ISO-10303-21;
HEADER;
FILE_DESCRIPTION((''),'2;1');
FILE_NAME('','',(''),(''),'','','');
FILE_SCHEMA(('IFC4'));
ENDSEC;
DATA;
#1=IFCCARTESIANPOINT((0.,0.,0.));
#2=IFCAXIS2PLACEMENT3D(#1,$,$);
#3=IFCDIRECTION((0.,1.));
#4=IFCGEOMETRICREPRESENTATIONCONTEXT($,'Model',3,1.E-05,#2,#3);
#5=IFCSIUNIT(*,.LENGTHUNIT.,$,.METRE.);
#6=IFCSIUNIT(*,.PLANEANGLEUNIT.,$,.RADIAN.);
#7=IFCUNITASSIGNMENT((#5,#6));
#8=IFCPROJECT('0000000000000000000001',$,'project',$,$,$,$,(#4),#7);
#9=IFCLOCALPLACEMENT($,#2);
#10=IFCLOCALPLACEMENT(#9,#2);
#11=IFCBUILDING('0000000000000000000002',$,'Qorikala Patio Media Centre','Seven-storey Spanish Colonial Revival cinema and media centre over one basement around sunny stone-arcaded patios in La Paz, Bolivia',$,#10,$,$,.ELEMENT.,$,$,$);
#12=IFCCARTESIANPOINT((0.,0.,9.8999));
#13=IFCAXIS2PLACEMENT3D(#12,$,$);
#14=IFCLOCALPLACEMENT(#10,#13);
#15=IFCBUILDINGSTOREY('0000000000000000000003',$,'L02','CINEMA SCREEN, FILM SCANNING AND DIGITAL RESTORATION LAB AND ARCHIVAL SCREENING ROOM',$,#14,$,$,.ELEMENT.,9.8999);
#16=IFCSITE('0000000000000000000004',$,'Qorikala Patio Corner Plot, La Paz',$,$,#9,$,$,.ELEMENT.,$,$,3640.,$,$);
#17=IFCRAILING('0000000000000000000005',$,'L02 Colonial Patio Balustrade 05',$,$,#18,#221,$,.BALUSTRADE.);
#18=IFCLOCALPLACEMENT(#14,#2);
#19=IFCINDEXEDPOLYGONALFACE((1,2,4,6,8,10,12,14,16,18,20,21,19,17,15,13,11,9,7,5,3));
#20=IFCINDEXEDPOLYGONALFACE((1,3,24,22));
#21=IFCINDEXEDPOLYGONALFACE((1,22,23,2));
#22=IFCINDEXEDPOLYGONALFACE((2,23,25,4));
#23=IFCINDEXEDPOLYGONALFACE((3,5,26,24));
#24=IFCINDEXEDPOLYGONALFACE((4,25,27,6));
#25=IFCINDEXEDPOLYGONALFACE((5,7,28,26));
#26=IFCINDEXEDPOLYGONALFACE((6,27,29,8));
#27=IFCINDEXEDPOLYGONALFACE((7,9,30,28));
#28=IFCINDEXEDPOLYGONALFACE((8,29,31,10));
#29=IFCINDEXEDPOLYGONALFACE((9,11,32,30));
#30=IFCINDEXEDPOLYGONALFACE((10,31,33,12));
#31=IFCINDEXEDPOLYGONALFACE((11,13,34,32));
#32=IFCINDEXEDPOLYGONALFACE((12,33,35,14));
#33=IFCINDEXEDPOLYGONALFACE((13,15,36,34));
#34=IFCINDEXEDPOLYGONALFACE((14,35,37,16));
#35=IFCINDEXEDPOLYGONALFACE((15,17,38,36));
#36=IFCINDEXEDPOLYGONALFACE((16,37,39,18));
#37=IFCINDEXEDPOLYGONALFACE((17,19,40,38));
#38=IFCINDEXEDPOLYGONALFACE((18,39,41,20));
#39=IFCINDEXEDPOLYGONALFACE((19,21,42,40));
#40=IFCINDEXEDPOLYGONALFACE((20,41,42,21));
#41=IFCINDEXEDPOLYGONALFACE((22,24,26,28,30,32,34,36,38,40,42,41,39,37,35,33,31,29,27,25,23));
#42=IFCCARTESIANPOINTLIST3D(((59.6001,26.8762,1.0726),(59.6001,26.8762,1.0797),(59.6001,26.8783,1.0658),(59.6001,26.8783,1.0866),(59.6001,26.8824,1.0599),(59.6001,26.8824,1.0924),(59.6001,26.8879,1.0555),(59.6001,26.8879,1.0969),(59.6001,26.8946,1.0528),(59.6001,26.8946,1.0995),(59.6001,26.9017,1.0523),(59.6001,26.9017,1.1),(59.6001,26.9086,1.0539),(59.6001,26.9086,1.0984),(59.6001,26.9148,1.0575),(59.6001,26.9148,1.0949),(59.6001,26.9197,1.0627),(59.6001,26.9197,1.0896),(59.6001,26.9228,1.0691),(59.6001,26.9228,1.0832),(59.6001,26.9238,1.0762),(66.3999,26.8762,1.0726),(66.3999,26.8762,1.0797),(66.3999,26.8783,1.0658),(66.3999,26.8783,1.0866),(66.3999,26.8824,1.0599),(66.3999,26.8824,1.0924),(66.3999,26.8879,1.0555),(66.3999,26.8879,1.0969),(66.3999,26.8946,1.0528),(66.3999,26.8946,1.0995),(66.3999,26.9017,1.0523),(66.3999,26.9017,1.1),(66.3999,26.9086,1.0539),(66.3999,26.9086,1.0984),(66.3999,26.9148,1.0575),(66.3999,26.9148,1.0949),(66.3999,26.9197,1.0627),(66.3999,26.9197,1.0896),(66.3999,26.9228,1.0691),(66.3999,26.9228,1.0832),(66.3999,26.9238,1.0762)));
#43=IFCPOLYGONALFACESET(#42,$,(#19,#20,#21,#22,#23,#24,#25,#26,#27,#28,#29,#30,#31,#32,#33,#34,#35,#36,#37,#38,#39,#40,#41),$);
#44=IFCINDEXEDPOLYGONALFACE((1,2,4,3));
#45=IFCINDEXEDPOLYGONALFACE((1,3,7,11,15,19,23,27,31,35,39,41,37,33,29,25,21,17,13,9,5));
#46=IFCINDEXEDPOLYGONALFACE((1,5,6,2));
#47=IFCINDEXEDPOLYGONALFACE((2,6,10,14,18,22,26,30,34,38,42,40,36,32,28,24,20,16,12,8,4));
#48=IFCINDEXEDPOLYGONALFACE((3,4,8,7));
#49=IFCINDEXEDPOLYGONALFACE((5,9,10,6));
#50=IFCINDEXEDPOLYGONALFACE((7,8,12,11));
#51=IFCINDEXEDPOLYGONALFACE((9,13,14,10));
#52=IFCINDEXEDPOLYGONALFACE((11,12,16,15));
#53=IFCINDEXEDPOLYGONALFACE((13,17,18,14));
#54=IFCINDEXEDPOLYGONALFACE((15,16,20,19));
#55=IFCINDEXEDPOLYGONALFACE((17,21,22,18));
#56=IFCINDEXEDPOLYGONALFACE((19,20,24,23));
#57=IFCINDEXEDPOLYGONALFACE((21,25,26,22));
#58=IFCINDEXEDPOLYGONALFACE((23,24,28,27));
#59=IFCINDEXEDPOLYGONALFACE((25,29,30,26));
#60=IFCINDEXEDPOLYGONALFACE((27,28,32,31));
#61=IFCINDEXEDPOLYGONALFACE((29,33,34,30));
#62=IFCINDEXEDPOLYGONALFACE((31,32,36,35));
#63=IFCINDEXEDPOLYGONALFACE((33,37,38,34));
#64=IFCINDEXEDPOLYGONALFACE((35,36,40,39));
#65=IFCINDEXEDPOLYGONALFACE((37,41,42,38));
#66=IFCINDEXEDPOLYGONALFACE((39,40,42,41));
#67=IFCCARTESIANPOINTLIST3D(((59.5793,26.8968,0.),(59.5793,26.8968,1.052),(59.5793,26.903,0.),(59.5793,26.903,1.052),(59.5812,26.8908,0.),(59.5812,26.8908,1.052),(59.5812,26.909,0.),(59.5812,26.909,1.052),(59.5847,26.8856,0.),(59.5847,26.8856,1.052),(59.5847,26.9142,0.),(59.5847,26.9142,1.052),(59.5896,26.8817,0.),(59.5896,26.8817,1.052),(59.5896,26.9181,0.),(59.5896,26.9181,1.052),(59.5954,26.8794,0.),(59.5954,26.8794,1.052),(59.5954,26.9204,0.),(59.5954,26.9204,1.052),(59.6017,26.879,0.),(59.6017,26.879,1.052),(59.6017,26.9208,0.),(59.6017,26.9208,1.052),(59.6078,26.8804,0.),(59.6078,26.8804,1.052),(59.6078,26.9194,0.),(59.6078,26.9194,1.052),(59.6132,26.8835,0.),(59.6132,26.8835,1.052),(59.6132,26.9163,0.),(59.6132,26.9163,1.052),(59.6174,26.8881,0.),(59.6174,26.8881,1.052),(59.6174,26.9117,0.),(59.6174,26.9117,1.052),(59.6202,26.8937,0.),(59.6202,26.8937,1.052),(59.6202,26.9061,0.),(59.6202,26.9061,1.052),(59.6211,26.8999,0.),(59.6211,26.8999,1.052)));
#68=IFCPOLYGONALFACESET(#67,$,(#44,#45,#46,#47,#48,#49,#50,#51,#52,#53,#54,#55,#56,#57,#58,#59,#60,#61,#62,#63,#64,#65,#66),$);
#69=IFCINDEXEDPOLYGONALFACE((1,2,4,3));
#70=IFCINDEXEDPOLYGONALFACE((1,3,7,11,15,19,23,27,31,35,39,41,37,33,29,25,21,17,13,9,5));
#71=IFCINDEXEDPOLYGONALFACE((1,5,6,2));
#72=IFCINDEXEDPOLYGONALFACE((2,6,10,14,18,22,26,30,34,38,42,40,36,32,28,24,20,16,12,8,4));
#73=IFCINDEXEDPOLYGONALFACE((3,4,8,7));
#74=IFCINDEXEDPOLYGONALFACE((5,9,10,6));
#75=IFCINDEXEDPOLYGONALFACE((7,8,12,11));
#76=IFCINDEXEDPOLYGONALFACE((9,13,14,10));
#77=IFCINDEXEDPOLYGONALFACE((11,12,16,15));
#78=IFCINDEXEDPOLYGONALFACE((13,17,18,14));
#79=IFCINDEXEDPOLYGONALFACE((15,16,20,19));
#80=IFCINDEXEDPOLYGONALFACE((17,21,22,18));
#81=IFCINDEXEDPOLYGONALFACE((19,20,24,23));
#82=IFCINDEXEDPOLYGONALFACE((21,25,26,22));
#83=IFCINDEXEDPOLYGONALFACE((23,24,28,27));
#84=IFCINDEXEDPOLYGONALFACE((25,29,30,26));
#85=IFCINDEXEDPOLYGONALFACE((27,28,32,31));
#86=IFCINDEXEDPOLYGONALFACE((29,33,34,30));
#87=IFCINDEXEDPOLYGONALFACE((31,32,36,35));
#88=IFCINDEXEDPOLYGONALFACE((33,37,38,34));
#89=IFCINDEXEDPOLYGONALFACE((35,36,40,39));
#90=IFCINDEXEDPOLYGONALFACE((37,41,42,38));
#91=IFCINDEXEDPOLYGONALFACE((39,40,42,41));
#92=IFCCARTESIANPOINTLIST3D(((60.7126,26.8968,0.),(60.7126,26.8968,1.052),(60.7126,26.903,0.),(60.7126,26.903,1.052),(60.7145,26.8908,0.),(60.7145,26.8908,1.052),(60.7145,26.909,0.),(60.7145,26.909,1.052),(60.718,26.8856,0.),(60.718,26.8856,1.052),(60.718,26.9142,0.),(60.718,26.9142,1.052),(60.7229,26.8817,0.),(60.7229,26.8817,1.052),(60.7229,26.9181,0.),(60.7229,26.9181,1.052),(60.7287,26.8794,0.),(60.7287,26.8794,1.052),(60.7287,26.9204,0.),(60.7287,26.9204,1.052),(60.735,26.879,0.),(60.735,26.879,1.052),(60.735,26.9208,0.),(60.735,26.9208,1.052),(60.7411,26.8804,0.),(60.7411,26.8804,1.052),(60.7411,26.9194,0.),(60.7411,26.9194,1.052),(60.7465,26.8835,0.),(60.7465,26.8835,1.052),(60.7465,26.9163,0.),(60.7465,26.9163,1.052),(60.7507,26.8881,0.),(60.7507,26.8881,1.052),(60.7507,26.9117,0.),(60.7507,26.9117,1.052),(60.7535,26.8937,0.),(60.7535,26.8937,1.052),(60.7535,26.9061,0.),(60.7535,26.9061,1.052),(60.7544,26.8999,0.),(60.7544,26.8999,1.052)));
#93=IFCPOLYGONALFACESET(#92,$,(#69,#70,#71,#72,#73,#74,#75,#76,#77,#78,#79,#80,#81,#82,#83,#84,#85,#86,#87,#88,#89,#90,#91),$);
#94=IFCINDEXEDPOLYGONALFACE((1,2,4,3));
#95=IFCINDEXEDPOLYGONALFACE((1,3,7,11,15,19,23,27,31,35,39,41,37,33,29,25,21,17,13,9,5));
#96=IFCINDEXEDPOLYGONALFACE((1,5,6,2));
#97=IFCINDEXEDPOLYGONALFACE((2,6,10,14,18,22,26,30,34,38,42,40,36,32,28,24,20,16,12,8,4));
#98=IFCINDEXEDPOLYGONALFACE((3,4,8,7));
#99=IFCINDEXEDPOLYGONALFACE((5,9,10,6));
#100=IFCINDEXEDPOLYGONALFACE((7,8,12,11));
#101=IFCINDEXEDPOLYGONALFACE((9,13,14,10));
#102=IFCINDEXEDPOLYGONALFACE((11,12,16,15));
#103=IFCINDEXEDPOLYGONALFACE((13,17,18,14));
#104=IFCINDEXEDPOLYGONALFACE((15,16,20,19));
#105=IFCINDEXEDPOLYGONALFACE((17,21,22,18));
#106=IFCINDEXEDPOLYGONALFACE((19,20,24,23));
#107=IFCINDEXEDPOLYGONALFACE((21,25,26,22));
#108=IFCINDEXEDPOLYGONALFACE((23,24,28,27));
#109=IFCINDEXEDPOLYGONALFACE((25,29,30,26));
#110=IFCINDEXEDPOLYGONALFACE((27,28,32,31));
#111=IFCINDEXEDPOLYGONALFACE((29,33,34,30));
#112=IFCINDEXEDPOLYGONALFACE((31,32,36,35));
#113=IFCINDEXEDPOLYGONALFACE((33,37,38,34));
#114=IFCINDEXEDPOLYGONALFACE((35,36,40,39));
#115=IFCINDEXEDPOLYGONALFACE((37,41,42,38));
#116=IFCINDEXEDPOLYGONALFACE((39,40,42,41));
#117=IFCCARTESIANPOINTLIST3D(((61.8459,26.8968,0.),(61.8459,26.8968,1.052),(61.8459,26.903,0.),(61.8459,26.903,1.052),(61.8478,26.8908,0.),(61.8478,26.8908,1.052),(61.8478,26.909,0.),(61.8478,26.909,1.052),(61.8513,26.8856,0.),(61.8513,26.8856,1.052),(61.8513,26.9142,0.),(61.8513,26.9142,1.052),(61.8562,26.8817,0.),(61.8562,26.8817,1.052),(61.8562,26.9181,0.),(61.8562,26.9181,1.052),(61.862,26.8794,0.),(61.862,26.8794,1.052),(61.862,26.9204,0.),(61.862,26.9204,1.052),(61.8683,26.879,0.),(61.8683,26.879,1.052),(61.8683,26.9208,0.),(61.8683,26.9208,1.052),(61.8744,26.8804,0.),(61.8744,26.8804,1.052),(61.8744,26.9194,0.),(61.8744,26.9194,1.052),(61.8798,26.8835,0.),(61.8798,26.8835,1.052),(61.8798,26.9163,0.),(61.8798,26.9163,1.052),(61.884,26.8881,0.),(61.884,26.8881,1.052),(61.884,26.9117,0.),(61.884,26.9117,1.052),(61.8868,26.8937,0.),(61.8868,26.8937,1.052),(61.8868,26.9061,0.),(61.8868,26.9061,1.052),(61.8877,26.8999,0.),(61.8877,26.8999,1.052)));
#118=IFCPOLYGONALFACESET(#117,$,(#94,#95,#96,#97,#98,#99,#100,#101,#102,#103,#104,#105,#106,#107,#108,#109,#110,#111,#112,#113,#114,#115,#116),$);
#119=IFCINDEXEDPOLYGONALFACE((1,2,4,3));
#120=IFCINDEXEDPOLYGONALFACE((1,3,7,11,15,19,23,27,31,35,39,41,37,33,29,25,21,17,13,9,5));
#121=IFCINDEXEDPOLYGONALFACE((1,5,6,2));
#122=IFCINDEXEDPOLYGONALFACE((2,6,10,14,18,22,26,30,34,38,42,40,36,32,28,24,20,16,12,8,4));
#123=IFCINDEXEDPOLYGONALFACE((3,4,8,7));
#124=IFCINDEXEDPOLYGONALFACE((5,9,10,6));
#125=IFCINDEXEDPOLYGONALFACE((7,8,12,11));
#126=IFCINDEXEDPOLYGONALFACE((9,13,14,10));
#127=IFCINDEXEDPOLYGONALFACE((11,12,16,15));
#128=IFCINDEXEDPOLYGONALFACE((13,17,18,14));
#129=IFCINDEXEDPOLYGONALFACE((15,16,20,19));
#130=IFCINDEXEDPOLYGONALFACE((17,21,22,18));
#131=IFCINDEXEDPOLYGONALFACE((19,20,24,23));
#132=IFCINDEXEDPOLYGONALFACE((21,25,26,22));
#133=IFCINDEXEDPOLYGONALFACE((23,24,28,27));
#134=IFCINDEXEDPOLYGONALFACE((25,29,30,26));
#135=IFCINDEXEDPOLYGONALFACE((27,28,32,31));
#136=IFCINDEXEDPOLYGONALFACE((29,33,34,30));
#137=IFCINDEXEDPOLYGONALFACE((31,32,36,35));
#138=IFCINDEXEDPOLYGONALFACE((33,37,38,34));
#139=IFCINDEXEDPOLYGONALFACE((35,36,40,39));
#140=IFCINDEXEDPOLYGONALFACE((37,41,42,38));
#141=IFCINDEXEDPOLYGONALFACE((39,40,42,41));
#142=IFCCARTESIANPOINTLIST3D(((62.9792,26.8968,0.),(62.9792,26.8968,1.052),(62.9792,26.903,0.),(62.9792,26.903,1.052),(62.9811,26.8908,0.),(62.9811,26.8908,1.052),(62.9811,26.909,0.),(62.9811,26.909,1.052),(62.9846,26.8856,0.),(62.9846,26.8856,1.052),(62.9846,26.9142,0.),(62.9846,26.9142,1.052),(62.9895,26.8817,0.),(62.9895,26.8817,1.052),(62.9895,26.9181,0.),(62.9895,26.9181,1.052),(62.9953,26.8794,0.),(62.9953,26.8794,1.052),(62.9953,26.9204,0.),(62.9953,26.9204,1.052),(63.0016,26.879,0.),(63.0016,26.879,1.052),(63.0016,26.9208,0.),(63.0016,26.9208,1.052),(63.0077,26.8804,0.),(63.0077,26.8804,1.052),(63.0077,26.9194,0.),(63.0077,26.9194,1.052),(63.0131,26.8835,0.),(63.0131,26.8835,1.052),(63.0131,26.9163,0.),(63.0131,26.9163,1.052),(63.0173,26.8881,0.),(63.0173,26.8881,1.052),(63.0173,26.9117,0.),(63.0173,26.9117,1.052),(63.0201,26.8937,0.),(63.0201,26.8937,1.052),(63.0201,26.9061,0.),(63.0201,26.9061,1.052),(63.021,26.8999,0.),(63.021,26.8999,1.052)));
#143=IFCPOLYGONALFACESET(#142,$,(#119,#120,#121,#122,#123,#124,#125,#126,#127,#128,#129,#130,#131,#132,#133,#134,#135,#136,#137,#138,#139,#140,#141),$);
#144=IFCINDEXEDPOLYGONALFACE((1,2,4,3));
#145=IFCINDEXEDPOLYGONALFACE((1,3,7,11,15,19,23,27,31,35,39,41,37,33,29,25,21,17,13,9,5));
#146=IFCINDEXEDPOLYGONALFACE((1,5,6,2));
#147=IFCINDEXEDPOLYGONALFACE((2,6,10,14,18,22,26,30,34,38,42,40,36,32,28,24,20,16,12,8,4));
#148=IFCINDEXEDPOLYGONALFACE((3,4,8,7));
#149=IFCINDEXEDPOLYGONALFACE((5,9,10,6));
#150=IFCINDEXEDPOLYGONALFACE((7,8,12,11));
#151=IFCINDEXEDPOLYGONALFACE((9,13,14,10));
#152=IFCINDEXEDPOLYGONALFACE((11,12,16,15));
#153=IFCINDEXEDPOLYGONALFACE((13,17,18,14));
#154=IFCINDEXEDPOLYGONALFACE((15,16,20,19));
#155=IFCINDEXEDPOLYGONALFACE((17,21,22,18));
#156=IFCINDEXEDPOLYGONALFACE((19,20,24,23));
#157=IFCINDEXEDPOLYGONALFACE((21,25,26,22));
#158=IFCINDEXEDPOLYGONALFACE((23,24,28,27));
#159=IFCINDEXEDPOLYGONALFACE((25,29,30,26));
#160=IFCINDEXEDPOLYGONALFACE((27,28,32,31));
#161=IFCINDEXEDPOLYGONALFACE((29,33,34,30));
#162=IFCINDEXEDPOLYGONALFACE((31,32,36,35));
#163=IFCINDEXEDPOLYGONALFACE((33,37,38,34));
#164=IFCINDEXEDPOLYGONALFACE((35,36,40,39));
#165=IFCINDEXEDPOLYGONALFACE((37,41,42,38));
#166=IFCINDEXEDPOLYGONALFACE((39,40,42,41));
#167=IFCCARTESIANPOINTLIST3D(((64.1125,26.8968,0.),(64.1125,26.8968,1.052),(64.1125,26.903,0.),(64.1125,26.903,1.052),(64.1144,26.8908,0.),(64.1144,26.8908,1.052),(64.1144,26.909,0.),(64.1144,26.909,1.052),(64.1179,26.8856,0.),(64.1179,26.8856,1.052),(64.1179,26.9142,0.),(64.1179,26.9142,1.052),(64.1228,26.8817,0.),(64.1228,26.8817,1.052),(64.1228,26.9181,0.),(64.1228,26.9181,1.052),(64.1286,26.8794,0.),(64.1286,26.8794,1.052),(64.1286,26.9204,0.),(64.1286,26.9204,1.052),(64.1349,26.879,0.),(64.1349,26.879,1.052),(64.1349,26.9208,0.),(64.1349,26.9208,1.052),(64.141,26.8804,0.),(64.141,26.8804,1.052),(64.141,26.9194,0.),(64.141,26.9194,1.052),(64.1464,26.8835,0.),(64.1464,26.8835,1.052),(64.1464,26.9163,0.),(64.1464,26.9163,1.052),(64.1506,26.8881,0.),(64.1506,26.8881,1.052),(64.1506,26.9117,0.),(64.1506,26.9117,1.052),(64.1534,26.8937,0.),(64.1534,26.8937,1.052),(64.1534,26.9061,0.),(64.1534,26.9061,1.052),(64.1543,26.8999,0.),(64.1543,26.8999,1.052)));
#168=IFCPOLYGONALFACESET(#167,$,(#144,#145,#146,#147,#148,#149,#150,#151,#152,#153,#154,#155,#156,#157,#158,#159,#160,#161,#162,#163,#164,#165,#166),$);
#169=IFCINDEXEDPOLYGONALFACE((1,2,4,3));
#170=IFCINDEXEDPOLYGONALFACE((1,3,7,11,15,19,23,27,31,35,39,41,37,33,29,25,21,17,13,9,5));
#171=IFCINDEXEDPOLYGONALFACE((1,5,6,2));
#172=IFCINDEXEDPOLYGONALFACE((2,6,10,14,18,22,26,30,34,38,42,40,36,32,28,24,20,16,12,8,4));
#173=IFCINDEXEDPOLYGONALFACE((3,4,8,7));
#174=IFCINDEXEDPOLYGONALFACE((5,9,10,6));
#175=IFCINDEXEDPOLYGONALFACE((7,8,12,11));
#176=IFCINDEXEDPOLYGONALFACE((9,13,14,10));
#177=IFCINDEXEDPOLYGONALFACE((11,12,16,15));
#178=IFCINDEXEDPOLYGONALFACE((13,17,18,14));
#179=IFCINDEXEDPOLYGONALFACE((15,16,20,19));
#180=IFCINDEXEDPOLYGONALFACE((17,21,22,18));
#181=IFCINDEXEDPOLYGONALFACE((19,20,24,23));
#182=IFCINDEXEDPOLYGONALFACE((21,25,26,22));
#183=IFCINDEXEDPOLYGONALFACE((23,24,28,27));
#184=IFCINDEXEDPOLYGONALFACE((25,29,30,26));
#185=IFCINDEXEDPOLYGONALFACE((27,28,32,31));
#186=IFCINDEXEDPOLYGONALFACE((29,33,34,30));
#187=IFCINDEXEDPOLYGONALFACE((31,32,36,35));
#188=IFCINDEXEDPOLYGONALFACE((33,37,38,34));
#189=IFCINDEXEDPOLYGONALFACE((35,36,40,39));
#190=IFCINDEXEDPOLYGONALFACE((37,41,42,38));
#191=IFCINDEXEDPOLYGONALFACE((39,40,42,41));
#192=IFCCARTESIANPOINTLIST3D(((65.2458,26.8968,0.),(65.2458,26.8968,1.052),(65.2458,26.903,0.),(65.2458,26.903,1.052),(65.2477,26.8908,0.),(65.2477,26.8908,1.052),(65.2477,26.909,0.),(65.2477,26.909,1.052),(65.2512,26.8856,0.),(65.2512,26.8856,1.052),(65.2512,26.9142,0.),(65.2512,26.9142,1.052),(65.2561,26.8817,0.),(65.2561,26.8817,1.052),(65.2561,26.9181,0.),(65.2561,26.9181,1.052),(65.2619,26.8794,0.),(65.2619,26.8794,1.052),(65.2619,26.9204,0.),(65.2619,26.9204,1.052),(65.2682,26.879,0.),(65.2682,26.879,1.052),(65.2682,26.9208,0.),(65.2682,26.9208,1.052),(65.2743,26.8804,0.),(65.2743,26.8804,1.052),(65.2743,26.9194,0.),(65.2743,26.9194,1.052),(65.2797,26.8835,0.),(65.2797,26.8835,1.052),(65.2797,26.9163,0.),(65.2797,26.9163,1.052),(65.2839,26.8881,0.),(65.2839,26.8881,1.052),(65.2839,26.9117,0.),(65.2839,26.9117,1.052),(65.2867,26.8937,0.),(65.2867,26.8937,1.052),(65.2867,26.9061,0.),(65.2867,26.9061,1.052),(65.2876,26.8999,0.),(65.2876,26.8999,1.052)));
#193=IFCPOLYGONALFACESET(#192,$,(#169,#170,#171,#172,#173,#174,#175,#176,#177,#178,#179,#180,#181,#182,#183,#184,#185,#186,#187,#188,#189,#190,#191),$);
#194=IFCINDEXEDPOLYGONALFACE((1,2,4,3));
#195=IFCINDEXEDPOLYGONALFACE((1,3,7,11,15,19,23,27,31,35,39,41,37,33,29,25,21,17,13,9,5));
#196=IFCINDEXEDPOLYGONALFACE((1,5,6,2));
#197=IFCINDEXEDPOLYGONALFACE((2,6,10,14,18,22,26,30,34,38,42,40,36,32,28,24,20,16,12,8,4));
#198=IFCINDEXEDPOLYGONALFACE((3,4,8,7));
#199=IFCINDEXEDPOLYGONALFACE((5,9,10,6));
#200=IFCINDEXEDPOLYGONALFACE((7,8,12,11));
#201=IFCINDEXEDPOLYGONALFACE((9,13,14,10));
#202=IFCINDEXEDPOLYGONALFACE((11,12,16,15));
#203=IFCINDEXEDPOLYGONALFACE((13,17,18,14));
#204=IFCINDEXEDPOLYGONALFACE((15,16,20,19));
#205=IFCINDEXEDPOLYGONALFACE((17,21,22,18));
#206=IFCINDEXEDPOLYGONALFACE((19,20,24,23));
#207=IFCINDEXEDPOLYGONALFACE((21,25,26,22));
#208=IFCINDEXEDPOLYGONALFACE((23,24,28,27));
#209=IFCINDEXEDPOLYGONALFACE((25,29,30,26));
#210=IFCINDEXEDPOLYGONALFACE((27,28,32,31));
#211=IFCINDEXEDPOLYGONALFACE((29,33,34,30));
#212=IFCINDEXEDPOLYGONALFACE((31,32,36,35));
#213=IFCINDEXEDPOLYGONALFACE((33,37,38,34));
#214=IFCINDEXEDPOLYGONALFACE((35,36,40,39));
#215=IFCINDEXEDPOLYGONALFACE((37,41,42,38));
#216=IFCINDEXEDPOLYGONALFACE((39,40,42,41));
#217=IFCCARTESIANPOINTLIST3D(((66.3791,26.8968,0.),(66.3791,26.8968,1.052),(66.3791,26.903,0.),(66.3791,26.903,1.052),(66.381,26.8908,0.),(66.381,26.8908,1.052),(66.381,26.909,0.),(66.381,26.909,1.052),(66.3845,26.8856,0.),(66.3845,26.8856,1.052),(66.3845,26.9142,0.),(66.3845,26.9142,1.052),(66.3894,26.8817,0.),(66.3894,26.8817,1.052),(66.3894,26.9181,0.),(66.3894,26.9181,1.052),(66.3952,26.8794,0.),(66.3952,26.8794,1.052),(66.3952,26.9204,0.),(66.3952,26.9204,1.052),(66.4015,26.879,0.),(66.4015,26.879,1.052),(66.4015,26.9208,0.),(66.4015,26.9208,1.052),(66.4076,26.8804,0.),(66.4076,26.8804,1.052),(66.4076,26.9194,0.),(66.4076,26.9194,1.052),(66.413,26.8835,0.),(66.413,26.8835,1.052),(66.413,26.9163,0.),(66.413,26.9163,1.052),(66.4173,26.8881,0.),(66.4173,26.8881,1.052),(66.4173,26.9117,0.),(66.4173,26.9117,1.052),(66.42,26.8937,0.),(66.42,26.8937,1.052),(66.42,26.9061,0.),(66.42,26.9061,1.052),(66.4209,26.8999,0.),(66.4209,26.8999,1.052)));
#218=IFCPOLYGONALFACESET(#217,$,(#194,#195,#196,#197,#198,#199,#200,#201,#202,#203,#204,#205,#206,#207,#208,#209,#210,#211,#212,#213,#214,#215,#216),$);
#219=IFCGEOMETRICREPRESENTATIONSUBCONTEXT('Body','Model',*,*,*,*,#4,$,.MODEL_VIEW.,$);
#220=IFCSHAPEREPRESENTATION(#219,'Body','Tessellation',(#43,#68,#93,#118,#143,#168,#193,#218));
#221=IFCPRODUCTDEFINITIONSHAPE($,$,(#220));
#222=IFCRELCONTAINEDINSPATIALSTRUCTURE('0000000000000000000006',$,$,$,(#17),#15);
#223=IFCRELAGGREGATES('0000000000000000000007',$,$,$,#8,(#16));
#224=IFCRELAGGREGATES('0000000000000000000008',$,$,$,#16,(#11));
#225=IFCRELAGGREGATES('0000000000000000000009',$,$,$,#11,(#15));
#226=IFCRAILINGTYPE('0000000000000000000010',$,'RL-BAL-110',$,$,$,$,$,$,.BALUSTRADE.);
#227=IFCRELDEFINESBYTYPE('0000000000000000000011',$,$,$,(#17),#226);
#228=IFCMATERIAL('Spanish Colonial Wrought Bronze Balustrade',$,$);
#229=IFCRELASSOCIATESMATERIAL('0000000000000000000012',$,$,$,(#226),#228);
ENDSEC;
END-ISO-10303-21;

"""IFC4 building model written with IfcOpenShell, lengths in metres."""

from ifc_helpers import new_model, si_unit, direction, frame, origin, origin_2d, place, context, subcontext, project, spatial, circle, extrude, material, type_object, element, save


model = new_model("IFC4")

# Units and contexts
model_context = context("Model", 3, precision=1e-05, world=origin(), true_north=direction((0.0, 1.0)))
body_context = subcontext(model_context, "Body", "Model", "MODEL_VIEW")
ifc_project = project(units=[si_unit("LENGTHUNIT", "METRE"), si_unit("PLANEANGLEUNIT", "RADIAN")], contexts=[model_context])

# Site, building, storey
site_placement = place(None, origin())
site = spatial("IfcSite", under=ifc_project, at=site_placement, Name="Qorikala Patio Corner Plot, La Paz", CompositionType="ELEMENT", RefElevation=3640.0)
building_placement = place(site_placement, origin())
building = spatial("IfcBuilding", under=site, at=building_placement, Name="Qorikala Patio Media Centre", Description="Seven-storey Spanish Colonial Revival cinema and media centre over one basement around sunny stone-arcaded patios in La Paz, Bolivia", CompositionType="ELEMENT")
storey_placement = place(building_placement, frame((0.0, 0.0, 9.8999)))
storey = spatial("IfcBuildingStorey", under=building, at=storey_placement, Name="L02", Description="CINEMA SCREEN, FILM SCANNING AND DIGITAL RESTORATION LAB AND ARCHIVAL SCREENING ROOM", CompositionType="ELEMENT", Elevation=9.8999)

# Railing
ifc_material_1 = material(Name="Spanish Colonial Wrought Bronze Balustrade")
railing_type = type_object("IfcRailingType", Name="RL-BAL-110", PredefinedType="BALUSTRADE", material=ifc_material_1)
for number, where, name in (
    (1, (59.6001, 26.8999, 0.0), "L02 Colonial Patio Balustrade 05"),
):
    element("IfcRailing", number, at=place(storey_placement, frame(where)), inside=storey, type_object=railing_type, Name=name, PredefinedType="BALUSTRADE", context=body_context, shape_type="SweptSolid", body=[
        extrude(circle(Radius=0.0239, at=origin_2d()), frame((0.0, 0.0, 1.0762), z_axis=(1.0, 0.0, 0.0), x_axis=(0.0, 1.0, 0.0)), (0.0, 0.0, 1.0), 6.7998),
        extrude(circle(Radius=0.021, at=origin_2d()), origin(), (0.0, 0.0, 1.0), 1.052),
        extrude(circle(Radius=0.021, at=origin_2d()), frame((1.1333, 0.0, 0.0)), (0.0, 0.0, 1.0), 1.052),
        extrude(circle(Radius=0.021, at=origin_2d()), frame((2.2666, 0.0, 0.0)), (0.0, 0.0, 1.0), 1.052),
        extrude(circle(Radius=0.021, at=origin_2d()), frame((3.3999, 0.0, 0.0)), (0.0, 0.0, 1.0), 1.052),
        extrude(circle(Radius=0.021, at=origin_2d()), frame((4.5332, 0.0, 0.0)), (0.0, 0.0, 1.0), 1.052),
        extrude(circle(Radius=0.021, at=origin_2d()), frame((5.6665, 0.0, 0.0)), (0.0, 0.0, 1.0), 1.052),
        extrude(circle(Radius=0.021, at=origin_2d()), frame((6.7998, 0.0, 0.0)), (0.0, 0.0, 1.0), 1.052),
    ])

save(model, "model.ifc")
